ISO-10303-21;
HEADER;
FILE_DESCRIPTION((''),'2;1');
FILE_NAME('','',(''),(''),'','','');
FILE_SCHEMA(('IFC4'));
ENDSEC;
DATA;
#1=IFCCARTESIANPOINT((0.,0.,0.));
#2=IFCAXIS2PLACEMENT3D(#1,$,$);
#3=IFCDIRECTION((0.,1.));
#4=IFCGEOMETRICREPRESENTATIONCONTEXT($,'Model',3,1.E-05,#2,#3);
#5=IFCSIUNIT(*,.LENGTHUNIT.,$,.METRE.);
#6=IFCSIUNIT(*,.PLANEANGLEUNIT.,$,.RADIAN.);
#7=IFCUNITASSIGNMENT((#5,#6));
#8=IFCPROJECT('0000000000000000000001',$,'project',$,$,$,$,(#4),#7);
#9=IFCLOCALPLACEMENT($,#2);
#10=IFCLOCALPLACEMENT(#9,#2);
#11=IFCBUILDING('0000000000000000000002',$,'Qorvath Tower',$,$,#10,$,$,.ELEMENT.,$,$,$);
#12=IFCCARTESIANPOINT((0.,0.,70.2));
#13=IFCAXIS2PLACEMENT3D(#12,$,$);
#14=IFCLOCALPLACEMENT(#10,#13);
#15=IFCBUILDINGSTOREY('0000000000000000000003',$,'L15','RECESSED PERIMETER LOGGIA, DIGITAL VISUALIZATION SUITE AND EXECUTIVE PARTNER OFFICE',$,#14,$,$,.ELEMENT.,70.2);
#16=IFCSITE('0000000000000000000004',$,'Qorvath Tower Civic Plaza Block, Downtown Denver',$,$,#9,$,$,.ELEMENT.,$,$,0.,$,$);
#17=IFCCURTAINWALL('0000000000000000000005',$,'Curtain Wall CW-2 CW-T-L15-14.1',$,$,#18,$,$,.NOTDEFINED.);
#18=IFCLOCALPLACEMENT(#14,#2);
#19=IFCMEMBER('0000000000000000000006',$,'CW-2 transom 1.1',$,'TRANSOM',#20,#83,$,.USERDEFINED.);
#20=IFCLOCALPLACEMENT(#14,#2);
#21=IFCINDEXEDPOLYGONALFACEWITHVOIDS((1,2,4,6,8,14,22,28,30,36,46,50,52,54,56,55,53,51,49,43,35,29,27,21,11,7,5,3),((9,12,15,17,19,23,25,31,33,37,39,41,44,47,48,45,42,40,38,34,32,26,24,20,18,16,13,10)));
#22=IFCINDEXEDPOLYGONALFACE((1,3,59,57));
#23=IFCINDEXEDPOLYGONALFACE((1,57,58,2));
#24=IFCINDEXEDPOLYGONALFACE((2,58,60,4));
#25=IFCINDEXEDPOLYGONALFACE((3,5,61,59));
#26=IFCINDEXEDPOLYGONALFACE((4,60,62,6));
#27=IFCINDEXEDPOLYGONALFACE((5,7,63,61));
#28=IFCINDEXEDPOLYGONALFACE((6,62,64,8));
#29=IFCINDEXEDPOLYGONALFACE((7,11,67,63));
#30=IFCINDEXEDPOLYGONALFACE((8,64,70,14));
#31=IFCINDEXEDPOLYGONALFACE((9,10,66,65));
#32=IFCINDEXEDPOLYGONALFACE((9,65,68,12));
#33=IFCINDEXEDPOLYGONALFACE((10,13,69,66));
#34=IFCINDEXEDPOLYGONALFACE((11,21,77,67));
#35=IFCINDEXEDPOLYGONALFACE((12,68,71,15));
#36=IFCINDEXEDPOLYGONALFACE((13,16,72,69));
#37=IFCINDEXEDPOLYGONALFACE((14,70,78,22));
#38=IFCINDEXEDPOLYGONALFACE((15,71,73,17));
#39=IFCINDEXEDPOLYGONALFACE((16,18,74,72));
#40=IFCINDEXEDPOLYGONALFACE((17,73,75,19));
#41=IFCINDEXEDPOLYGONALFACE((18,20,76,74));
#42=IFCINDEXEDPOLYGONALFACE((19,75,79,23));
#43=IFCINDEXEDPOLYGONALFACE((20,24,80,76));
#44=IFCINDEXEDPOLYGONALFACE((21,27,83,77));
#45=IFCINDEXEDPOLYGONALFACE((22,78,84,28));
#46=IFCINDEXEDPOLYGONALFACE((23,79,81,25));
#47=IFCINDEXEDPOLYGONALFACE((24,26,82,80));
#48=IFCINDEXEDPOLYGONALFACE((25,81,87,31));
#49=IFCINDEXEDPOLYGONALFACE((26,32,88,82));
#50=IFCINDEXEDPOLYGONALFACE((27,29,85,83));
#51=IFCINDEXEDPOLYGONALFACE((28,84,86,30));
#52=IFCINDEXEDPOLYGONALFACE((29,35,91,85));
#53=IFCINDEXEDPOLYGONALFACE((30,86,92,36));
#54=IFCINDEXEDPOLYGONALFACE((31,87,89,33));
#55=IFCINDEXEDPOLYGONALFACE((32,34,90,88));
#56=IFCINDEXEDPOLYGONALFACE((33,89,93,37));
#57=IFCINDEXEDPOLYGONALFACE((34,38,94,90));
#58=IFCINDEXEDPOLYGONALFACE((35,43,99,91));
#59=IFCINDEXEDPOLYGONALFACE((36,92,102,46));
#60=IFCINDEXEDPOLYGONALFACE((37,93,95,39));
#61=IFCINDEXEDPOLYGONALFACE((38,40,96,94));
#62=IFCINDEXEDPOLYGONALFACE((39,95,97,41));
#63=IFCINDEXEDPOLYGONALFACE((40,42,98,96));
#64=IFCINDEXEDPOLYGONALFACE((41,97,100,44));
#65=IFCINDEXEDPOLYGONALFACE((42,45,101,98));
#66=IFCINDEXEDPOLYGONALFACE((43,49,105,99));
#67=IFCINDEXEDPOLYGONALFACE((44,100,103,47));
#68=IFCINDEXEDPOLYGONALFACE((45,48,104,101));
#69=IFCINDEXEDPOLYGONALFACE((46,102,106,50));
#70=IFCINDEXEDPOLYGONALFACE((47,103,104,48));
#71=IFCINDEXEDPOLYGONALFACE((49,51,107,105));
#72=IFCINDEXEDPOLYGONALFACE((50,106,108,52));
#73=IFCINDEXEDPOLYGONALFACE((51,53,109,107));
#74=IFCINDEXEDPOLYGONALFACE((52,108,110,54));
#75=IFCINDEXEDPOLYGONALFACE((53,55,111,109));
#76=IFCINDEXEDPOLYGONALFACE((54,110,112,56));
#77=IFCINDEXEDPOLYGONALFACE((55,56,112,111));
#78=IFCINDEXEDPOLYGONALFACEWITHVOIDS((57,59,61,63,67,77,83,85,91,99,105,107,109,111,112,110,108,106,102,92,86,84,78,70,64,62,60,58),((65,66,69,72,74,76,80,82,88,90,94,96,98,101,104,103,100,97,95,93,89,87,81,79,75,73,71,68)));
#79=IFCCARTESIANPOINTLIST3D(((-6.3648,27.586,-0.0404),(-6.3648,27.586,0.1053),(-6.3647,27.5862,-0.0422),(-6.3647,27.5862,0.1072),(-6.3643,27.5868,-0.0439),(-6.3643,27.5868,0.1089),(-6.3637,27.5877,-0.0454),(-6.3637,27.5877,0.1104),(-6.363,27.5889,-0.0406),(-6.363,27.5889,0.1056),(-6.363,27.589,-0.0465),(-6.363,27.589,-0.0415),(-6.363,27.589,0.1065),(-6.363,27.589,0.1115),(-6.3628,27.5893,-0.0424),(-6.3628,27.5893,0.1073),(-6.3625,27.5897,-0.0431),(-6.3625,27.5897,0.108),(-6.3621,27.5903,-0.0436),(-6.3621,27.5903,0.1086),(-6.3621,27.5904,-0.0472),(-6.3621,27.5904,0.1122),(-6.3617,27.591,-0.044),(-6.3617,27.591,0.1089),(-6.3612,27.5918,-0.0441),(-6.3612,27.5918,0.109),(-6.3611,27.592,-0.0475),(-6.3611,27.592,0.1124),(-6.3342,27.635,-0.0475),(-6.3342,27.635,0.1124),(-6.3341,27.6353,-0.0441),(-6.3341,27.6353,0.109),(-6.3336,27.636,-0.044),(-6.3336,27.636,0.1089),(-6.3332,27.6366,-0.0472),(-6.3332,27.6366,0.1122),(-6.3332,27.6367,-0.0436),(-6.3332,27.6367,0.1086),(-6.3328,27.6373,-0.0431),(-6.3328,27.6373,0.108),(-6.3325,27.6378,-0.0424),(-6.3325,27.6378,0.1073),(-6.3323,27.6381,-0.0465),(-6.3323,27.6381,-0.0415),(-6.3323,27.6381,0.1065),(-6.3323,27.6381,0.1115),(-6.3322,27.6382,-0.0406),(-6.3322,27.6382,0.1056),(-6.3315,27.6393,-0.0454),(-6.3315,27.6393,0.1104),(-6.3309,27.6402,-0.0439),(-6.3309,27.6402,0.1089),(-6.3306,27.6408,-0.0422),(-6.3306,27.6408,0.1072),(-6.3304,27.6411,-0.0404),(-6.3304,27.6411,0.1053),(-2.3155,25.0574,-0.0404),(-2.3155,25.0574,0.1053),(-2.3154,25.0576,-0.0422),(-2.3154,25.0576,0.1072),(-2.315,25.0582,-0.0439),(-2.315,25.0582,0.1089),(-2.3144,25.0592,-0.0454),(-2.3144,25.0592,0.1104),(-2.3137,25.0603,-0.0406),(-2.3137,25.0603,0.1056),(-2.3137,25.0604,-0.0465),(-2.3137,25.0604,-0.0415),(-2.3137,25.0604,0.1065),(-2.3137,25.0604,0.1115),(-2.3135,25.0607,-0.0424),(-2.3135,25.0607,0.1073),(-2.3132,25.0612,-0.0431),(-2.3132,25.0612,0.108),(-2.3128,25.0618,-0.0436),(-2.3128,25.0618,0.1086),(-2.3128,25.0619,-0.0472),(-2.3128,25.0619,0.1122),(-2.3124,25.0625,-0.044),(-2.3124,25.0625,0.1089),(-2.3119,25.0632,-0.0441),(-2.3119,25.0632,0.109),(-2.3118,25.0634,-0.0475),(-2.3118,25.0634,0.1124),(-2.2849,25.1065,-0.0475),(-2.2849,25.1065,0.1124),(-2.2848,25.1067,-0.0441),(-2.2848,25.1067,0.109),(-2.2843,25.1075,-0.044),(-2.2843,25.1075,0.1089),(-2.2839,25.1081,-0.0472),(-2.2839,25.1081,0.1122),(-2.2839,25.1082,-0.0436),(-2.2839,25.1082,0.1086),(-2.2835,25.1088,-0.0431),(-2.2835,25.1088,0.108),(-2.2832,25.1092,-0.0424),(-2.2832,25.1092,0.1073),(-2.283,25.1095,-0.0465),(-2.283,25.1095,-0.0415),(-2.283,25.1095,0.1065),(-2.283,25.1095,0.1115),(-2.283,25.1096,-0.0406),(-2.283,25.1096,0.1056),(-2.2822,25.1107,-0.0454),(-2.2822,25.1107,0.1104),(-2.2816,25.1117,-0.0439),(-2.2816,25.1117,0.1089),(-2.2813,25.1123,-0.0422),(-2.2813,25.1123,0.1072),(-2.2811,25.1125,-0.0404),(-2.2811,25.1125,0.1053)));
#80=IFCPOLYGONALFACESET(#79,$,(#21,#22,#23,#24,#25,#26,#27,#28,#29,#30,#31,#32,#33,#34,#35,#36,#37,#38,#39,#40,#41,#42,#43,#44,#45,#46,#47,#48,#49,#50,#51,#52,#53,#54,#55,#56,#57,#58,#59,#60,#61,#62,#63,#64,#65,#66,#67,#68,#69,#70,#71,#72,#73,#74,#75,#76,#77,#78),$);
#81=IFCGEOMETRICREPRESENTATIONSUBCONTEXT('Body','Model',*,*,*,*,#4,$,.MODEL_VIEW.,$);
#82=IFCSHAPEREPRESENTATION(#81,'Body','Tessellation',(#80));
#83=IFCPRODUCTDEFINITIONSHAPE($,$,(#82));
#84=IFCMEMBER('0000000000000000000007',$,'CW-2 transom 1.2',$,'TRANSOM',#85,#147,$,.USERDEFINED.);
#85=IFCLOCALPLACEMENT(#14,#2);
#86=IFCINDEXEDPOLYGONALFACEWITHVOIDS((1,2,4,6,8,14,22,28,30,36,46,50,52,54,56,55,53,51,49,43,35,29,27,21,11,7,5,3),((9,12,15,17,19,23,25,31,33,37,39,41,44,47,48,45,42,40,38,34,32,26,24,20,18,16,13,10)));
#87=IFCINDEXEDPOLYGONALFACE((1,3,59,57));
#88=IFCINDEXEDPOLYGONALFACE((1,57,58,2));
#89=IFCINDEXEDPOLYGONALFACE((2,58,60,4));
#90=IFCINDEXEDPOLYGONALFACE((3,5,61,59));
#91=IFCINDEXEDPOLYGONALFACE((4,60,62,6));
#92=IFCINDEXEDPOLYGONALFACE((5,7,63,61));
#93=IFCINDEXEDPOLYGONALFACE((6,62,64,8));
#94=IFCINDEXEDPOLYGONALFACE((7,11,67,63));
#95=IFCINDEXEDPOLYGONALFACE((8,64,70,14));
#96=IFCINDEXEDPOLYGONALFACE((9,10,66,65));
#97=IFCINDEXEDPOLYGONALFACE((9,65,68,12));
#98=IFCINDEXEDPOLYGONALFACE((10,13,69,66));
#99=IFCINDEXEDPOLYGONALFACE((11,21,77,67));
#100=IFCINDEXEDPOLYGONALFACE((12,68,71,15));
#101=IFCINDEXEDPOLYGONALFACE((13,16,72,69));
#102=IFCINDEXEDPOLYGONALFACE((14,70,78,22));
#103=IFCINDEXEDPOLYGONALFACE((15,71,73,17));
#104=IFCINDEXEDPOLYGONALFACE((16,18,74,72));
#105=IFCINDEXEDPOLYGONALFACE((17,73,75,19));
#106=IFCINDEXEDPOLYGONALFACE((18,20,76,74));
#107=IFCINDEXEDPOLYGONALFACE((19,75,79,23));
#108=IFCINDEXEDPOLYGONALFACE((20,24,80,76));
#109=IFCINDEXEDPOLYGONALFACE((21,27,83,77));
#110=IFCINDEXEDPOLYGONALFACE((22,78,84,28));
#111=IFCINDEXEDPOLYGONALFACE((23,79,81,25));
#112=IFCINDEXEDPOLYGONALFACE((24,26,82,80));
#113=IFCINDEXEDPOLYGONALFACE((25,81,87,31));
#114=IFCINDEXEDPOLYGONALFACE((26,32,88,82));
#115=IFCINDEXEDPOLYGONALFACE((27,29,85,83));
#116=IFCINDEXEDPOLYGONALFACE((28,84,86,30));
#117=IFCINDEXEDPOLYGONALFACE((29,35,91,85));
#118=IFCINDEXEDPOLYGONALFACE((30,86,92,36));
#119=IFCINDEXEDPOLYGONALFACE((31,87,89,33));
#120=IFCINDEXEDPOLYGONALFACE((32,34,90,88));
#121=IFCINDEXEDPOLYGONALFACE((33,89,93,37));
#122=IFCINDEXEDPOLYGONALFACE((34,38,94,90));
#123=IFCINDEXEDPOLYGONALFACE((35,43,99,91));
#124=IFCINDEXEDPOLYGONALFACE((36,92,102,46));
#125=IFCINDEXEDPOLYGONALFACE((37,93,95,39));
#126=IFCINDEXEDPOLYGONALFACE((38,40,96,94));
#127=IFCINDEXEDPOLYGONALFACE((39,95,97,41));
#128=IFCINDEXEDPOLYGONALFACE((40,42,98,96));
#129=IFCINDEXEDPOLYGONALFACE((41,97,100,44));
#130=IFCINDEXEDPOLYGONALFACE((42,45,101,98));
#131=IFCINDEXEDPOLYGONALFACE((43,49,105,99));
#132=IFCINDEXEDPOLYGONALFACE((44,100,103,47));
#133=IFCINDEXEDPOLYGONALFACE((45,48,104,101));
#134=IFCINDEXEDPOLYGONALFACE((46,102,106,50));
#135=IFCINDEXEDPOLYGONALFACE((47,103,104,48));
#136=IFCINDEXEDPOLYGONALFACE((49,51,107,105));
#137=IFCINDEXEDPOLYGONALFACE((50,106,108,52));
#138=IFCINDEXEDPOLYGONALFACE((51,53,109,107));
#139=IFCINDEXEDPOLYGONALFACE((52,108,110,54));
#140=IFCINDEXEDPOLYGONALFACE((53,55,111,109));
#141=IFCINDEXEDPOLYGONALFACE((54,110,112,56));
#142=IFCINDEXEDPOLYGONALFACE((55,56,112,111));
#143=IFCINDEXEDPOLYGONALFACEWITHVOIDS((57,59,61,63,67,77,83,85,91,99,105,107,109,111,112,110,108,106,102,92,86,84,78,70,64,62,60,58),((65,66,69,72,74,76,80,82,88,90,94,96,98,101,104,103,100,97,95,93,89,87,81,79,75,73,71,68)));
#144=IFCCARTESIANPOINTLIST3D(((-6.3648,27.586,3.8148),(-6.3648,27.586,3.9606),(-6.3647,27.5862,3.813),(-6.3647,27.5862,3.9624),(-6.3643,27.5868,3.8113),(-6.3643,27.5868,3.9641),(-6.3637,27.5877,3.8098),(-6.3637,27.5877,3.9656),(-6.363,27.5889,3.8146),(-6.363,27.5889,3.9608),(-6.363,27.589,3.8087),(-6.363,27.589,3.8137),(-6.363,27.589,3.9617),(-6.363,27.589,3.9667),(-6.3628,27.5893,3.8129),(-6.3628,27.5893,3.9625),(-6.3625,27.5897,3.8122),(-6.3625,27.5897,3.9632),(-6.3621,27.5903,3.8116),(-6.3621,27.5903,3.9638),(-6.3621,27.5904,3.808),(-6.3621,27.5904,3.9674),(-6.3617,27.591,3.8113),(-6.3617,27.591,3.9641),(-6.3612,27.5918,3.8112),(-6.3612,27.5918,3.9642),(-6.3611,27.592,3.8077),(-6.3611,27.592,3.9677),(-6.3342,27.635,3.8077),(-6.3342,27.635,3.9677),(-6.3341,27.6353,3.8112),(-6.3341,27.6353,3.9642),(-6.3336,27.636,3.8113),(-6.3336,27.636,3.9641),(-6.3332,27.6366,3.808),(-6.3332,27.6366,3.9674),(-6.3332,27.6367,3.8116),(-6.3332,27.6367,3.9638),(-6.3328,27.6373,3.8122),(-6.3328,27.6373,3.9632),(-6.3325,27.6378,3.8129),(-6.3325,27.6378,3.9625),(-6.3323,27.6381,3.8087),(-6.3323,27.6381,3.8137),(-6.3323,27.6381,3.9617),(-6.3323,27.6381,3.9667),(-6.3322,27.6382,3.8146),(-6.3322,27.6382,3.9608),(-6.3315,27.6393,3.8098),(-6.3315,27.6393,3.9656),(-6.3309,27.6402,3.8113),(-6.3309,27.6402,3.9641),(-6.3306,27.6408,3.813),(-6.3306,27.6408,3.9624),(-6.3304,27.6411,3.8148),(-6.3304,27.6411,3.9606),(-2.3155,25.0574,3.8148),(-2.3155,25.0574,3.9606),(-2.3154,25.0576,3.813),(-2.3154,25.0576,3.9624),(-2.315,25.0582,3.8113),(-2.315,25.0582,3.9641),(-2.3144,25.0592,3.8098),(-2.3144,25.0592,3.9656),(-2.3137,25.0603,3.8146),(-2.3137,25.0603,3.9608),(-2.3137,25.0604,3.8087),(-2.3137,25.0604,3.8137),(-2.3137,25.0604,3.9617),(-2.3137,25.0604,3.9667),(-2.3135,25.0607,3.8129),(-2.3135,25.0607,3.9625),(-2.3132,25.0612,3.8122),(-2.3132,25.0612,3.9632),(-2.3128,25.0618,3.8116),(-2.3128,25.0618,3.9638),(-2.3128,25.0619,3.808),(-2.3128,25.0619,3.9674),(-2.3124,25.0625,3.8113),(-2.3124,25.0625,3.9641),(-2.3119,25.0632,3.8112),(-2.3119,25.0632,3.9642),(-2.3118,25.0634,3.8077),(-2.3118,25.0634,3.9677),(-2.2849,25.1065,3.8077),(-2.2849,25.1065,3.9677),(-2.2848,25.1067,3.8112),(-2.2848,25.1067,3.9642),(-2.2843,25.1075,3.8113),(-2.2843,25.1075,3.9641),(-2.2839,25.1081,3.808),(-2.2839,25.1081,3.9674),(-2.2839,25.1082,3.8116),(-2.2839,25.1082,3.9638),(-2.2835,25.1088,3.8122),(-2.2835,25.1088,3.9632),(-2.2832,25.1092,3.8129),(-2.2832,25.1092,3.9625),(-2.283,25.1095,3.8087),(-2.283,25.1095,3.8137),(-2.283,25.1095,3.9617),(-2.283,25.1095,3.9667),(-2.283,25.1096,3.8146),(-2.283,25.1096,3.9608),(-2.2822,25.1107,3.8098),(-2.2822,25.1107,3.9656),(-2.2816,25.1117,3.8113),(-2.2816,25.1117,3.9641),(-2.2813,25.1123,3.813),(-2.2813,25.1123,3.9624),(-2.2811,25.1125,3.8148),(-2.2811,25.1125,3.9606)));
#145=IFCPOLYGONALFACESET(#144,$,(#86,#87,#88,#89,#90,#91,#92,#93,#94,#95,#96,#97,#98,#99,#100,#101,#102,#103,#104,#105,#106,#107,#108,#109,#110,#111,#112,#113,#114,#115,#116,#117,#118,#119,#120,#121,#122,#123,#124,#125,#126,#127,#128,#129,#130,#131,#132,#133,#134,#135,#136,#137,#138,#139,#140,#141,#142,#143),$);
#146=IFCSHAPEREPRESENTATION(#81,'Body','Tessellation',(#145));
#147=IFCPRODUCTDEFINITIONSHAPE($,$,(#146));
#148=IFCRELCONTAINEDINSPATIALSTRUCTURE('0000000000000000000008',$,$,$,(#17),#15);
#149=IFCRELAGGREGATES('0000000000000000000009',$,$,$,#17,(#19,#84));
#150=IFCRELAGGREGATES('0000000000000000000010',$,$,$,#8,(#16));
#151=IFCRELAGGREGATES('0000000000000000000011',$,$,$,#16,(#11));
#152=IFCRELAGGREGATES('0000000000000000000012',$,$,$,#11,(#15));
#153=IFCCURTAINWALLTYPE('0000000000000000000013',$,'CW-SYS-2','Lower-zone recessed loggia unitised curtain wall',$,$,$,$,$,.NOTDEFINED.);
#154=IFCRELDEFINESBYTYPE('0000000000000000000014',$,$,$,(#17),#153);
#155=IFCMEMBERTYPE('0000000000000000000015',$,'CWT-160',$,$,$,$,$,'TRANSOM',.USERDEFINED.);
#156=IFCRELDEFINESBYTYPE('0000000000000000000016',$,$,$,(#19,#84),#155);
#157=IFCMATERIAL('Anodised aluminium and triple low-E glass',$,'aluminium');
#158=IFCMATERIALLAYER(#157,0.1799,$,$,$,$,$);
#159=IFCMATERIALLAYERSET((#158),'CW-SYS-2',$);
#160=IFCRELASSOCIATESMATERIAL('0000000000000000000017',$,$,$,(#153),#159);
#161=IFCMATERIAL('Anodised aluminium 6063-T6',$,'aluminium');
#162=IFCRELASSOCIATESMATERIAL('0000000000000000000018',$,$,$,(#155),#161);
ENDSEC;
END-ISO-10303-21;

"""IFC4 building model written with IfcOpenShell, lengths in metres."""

from ifc_helpers import new_model, si_unit, direction, frame, origin, origin_2d, place, context, subcontext, project, spatial, hollow_rectangle, extrude, material, layer, layer_set, material_profile, profile_set, type_object, element, aggregate, save


model = new_model("IFC4")

# Units and contexts
model_context = context("Model", 3, precision=1e-05, world=origin(), true_north=direction((0.0, 1.0)))
body_context = subcontext(model_context, "Body", "Model", "MODEL_VIEW")
ifc_project = project(units=[si_unit("LENGTHUNIT", "METRE"), si_unit("PLANEANGLEUNIT", "RADIAN")], contexts=[model_context])

# Site, building, storey
site_placement = place(None, origin())
site = spatial("IfcSite", under=ifc_project, at=site_placement, Name="Qorvath Tower Civic Plaza Block, Downtown Denver", CompositionType="ELEMENT", RefElevation=0.0)
building_placement = place(site_placement, origin())
building = spatial("IfcBuilding", under=site, at=building_placement, Name="Qorvath Tower", CompositionType="ELEMENT")
storey_placement = place(building_placement, frame((0.0, 0.0, 70.2)))
storey = spatial("IfcBuildingStorey", under=building, at=storey_placement, Name="L15", Description="RECESSED PERIMETER LOGGIA, DIGITAL VISUALIZATION SUITE AND EXECUTIVE PARTNER OFFICE", CompositionType="ELEMENT", Elevation=70.2)

# Shared definitions
ifc_material_1 = material(Name="Anodised aluminium and triple low-E glass", Category="aluminium")
ifc_layer_1 = layer(ifc_material_1, 0.1799)
ifc_layer_set_1 = layer_set([ifc_layer_1], Name="CW-SYS-2")
curtain_wall_type = type_object("IfcCurtainWallType", Name="CW-SYS-2", Description="Lower-zone recessed loggia unitised curtain wall", PredefinedType="NOTDEFINED", material=ifc_layer_set_1)

# Curtain wall
curtain_wall_1_placement = place(storey_placement, origin())
curtain_wall_1 = element("IfcCurtainWall", 1, at=curtain_wall_1_placement, inside=storey, type_object=curtain_wall_type, Name="Curtain Wall CW-2 CW-T-L15-14.1", PredefinedType="NOTDEFINED")

# Members
ifc_material_2 = material(Name="Anodised aluminium 6063-T6", Category="aluminium")
ifc_material_profile_1 = material_profile(ifc_material_2, hollow_rectangle(XDim=0.0649, YDim=0.1599, WallThickness=0.0034, InnerFilletRadius=0.0034, OuterFilletRadius=0.0071, at=origin_2d()), Name="CWT 160x65")
ifc_profile_set_1 = profile_set([ifc_material_profile_1], Name="Anodised aluminium 6063-T6")
member_type_1 = type_object("IfcMemberType", Name="CWT-160", ElementType="TRANSOM", PredefinedType="USERDEFINED", material=ifc_profile_set_1)
member_1_placement = place(storey_placement, frame((-2.2983, 25.085, 0.0325), z_axis=(-0.848211, 0.529659, 0.0), x_axis=(-0.529659, -0.848211, 0.0)))
member_1 = element("IfcMember", 2, at=member_1_placement, type_object=member_type_1, Name="CW-2 transom 1.1", ObjectType="TRANSOM", PredefinedType="USERDEFINED", context=body_context, shape_type="SweptSolid", body=[
    extrude(hollow_rectangle(XDim=0.0649, YDim=0.1599, WallThickness=0.0034, InnerFilletRadius=0.0034, OuterFilletRadius=0.0071, at=origin_2d()), origin(), (0.0, 0.0, 1.0), 4.7739),
])
member_2_placement = place(storey_placement, frame((-2.2983, 25.085, 3.8877), z_axis=(-0.848211, 0.529659, 0.0), x_axis=(-0.529659, -0.848211, 0.0)))
member_2 = element("IfcMember", 3, at=member_2_placement, type_object=member_type_1, Name="CW-2 transom 1.2", ObjectType="TRANSOM", PredefinedType="USERDEFINED", context=body_context, shape_type="SweptSolid", body=[
    extrude(hollow_rectangle(XDim=0.0649, YDim=0.1599, WallThickness=0.0034, InnerFilletRadius=0.0034, OuterFilletRadius=0.0071, at=origin_2d()), origin(), (0.0, 0.0, 1.0), 4.7739),
])

aggregate(curtain_wall_1, [member_1, member_2])

save(model, "model.ifc")
